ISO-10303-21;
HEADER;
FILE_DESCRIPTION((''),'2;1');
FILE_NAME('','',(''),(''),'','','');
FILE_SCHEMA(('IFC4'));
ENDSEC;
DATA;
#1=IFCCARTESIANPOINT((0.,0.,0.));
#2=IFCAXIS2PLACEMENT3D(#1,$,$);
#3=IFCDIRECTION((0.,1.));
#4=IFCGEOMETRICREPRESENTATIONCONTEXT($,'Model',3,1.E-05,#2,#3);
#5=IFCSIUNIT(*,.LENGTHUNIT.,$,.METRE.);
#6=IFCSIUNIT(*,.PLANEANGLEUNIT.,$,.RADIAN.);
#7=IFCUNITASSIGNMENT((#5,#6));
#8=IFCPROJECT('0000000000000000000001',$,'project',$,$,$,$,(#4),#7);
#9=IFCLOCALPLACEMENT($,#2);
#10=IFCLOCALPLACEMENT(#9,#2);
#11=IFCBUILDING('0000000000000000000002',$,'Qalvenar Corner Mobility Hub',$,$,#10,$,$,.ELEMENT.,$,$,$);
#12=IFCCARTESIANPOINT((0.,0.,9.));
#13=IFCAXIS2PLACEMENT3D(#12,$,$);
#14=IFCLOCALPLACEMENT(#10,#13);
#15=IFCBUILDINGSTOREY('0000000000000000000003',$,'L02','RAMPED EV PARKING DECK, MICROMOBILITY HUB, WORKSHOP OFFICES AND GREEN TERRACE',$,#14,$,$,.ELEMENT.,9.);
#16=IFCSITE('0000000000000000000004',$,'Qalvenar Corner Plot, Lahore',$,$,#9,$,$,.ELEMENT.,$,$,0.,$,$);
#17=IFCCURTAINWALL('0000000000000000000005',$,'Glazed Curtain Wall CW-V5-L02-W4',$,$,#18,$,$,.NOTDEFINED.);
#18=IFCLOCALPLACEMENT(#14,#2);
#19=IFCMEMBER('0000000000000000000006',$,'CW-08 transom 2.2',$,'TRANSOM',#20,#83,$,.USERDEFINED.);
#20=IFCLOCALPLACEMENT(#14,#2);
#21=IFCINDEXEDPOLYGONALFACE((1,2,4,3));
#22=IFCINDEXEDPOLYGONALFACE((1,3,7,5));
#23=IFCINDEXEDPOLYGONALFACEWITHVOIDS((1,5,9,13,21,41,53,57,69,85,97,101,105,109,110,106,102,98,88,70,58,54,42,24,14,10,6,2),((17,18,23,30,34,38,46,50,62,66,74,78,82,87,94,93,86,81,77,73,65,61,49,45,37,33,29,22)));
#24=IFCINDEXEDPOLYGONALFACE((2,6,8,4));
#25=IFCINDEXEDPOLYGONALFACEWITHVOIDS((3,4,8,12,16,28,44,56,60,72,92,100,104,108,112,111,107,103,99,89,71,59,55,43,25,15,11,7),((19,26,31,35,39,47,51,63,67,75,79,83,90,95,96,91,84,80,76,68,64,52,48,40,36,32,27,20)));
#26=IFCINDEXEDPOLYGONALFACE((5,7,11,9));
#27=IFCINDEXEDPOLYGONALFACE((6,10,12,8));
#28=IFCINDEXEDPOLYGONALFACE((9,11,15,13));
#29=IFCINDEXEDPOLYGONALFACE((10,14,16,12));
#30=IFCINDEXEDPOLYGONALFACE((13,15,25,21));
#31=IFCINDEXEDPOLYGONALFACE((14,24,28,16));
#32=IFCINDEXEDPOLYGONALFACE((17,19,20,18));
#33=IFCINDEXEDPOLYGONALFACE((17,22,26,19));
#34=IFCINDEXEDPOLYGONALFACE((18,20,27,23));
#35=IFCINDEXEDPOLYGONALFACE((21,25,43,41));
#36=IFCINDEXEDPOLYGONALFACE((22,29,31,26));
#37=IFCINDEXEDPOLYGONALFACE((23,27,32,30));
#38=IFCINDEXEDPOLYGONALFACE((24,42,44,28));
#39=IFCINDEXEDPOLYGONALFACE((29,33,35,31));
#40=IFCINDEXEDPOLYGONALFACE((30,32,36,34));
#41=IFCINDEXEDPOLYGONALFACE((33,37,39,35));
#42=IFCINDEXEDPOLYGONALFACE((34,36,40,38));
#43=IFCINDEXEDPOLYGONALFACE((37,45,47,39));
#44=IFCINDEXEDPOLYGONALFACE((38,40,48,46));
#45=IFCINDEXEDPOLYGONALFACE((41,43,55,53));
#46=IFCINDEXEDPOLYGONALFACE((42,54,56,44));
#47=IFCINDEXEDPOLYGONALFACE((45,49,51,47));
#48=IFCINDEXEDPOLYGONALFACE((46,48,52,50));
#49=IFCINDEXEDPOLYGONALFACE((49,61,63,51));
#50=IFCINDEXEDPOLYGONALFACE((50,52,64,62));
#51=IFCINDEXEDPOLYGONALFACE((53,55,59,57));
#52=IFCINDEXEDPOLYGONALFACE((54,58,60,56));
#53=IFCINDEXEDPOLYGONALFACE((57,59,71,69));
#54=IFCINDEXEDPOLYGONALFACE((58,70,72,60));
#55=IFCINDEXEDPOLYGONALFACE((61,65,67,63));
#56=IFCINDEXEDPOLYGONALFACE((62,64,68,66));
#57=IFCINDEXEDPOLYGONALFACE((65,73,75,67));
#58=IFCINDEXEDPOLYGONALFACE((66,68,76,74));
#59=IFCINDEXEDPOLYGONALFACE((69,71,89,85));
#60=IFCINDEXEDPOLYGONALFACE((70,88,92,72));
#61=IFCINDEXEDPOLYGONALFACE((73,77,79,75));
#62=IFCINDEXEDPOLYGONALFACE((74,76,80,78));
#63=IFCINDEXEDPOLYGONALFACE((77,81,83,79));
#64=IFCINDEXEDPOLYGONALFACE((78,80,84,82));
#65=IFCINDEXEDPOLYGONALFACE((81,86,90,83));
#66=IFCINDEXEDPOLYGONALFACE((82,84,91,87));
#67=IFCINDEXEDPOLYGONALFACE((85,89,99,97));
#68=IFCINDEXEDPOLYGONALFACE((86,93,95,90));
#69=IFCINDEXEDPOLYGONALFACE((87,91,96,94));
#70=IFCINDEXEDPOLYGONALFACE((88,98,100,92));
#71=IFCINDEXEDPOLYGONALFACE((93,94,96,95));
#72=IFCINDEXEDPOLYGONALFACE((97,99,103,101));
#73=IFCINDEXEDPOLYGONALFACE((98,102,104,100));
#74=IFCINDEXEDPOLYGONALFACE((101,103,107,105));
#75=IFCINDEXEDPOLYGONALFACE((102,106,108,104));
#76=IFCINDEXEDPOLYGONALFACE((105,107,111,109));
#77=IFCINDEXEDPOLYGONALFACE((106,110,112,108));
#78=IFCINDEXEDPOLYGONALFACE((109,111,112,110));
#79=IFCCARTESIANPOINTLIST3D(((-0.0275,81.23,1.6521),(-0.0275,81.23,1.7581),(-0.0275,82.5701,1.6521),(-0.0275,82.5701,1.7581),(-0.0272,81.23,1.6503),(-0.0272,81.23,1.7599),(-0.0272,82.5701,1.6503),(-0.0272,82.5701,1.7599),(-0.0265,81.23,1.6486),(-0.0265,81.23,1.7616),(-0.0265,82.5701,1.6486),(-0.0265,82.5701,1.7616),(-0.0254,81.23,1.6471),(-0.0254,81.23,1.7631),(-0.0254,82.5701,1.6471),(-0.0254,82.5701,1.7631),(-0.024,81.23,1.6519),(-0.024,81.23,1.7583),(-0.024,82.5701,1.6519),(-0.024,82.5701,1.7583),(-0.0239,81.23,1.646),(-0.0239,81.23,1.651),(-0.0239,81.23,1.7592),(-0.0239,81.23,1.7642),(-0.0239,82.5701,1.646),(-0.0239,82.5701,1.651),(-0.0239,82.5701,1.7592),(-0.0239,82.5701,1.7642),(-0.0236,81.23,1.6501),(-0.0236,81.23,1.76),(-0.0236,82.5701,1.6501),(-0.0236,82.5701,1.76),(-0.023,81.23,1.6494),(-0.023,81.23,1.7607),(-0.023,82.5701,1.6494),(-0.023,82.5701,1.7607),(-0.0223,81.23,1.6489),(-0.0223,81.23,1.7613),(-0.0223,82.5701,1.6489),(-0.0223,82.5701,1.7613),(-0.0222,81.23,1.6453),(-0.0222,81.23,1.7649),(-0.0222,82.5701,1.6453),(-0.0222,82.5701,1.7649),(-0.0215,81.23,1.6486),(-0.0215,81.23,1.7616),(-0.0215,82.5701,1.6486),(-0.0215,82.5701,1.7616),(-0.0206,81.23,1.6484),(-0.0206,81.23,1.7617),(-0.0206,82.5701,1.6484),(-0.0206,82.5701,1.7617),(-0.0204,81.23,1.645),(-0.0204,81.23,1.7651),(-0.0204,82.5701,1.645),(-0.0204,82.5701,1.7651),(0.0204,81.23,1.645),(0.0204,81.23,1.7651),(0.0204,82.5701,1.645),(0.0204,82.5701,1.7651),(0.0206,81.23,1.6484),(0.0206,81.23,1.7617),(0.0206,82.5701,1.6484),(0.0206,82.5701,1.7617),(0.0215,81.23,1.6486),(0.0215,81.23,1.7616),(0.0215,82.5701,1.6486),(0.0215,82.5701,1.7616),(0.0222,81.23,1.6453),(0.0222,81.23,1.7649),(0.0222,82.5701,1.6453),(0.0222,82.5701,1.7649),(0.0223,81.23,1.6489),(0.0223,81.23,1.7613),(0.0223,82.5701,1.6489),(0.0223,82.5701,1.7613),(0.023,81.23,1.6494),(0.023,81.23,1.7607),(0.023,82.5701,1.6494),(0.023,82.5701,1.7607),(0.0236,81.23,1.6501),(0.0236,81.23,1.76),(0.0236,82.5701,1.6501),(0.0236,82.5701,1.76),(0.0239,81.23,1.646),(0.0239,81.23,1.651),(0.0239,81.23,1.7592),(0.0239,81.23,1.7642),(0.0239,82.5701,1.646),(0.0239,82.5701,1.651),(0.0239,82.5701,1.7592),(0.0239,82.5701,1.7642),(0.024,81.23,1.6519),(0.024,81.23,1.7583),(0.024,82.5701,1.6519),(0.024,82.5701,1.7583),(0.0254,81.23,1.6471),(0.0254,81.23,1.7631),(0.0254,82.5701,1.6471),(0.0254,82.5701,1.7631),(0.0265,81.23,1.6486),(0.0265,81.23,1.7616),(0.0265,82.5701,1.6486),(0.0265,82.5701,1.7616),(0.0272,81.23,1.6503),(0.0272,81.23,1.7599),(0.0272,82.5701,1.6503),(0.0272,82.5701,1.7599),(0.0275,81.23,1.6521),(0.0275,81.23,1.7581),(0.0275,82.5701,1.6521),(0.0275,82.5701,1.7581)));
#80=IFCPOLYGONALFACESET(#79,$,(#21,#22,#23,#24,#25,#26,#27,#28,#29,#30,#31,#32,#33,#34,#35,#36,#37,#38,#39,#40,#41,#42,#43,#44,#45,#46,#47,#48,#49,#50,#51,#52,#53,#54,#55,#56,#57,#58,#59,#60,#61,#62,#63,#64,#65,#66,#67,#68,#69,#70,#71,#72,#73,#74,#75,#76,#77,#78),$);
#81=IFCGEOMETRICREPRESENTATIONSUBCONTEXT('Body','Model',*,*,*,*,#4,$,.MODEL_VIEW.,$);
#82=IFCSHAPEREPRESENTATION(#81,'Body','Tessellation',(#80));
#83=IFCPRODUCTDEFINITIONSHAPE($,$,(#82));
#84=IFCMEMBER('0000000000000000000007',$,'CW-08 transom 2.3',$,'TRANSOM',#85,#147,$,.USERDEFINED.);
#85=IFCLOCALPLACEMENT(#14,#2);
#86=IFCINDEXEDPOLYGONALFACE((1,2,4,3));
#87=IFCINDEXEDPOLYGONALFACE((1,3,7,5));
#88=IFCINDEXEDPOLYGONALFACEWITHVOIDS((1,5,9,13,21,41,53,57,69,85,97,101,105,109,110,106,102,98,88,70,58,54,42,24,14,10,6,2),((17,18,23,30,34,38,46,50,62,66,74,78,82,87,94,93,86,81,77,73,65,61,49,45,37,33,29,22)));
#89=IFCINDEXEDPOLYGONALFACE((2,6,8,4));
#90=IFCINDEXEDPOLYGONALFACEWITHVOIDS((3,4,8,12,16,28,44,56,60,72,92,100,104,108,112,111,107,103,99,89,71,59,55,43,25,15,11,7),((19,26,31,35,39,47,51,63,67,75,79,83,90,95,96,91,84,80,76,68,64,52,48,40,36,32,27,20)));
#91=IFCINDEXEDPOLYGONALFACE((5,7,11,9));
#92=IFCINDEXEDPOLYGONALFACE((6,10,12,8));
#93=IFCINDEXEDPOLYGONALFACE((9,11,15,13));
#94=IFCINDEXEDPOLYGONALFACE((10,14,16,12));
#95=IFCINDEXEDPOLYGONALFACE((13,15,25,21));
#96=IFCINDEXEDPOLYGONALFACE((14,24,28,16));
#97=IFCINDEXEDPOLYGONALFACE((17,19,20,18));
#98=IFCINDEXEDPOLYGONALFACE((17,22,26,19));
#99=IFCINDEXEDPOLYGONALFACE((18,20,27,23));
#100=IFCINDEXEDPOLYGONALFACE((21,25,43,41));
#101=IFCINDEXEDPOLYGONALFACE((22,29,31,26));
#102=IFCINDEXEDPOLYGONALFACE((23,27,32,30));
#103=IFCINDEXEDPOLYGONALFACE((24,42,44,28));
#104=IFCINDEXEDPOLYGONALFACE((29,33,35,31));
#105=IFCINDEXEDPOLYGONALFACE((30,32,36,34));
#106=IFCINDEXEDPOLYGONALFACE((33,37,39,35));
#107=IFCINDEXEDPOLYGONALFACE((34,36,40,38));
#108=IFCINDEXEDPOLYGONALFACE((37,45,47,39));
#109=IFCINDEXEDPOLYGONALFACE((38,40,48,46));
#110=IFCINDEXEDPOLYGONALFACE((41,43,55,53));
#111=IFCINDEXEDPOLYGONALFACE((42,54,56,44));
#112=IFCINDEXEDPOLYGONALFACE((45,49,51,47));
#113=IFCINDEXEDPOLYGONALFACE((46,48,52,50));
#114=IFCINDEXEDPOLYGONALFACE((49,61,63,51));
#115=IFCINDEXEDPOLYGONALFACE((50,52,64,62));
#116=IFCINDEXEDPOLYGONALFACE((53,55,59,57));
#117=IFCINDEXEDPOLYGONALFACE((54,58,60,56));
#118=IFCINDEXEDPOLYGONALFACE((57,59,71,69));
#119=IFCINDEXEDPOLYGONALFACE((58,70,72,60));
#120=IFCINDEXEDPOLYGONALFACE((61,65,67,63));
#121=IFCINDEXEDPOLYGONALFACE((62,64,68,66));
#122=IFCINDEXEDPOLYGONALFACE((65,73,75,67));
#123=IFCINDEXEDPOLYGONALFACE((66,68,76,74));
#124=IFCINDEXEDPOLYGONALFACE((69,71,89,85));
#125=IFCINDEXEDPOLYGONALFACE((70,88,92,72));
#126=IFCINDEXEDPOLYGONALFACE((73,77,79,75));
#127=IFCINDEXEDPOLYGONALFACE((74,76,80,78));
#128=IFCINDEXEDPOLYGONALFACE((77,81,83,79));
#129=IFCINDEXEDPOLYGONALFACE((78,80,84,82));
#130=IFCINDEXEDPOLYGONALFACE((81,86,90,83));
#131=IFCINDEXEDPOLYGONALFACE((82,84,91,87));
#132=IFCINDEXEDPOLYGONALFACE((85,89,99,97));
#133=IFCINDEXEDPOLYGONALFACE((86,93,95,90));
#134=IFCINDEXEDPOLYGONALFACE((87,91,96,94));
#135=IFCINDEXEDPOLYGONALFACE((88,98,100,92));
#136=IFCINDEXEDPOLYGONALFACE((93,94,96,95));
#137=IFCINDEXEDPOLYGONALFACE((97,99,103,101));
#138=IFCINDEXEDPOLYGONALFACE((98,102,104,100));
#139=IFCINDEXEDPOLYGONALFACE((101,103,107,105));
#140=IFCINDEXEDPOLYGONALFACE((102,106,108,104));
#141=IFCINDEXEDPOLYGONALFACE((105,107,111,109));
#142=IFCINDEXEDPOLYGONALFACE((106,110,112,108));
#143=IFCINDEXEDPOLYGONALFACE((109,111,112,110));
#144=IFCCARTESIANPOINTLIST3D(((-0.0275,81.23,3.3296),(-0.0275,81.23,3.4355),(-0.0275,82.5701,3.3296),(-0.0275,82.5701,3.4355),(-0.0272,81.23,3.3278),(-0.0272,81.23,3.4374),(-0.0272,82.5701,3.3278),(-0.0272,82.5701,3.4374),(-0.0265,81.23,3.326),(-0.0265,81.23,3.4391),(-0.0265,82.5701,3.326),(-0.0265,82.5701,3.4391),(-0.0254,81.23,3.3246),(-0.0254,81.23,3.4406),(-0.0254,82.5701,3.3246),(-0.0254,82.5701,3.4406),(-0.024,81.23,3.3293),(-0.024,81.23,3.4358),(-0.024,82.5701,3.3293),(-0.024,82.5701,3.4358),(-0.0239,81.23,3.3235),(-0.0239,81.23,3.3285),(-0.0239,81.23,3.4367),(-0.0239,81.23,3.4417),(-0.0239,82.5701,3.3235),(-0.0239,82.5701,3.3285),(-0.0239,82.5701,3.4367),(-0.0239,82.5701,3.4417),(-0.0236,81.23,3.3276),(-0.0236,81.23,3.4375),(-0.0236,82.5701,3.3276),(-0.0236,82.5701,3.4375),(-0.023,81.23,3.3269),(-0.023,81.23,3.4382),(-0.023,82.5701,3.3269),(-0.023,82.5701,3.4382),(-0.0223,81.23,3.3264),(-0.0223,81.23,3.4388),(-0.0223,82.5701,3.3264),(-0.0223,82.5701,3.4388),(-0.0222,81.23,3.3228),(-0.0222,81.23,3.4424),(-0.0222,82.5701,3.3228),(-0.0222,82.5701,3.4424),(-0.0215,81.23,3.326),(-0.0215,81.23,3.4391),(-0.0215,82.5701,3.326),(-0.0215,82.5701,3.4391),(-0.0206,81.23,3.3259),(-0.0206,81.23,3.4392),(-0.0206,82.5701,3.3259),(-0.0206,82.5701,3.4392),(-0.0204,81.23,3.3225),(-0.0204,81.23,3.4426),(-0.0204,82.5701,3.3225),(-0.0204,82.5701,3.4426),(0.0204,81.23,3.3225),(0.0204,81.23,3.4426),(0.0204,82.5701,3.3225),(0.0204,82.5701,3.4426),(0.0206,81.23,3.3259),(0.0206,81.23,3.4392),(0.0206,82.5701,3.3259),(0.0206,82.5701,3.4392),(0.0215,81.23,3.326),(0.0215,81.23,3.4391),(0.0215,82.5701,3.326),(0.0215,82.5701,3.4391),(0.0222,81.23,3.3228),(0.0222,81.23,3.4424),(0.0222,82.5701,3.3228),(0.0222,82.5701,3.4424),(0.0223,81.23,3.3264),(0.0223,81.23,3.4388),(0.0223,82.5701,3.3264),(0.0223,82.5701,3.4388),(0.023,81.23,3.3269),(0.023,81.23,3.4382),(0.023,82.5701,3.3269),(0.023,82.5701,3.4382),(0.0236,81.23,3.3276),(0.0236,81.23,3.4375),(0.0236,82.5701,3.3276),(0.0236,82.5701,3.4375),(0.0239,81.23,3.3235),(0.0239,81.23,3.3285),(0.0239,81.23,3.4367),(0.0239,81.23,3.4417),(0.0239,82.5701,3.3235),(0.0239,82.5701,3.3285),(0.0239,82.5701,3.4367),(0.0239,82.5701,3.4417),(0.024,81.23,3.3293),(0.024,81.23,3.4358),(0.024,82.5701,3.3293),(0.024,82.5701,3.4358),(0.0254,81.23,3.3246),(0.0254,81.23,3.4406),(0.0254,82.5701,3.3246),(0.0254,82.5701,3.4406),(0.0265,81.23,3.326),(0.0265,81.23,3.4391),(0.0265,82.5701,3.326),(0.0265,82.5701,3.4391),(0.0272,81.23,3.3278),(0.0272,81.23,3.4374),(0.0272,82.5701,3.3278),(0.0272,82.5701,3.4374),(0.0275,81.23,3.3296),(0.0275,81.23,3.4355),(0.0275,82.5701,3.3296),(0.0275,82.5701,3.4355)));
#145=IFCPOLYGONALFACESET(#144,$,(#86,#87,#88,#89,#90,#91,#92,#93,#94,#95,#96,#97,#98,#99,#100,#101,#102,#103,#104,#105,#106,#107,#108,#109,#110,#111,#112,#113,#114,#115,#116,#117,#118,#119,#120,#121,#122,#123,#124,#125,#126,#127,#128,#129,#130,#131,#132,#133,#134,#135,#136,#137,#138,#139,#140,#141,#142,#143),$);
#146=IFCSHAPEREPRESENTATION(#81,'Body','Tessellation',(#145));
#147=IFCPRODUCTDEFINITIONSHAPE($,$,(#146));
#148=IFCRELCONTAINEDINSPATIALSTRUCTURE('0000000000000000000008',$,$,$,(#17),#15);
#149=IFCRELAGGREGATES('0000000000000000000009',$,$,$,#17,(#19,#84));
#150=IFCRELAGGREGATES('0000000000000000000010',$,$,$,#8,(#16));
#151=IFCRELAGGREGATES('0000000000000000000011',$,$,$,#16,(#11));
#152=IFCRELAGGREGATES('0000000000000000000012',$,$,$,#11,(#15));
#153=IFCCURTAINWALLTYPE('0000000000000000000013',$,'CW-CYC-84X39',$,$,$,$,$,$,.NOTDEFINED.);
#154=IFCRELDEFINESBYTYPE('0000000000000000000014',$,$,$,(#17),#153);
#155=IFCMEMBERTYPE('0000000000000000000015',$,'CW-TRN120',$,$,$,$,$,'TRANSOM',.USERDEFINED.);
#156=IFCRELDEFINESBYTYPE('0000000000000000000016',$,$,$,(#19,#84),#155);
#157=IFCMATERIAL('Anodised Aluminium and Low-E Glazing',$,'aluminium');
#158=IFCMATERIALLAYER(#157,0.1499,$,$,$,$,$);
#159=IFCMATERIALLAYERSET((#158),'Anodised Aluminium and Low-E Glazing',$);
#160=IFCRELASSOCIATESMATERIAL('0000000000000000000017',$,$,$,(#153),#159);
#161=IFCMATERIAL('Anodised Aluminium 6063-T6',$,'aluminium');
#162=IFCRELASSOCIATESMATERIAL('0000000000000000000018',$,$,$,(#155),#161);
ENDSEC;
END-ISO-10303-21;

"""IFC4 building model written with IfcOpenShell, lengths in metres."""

from ifc_helpers import new_model, si_unit, direction, frame, origin, origin_2d, place, context, subcontext, project, spatial, hollow_rectangle, extrude, material, layer, layer_set, material_profile, profile_set, type_object, element, aggregate, save


model = new_model("IFC4")

# Units and contexts
model_context = context("Model", 3, precision=1e-05, world=origin(), true_north=direction((0.0, 1.0)))
body_context = subcontext(model_context, "Body", "Model", "MODEL_VIEW")
ifc_project = project(units=[si_unit("LENGTHUNIT", "METRE"), si_unit("PLANEANGLEUNIT", "RADIAN")], contexts=[model_context])

# Site, building, storey
site_placement = place(None, origin())
site = spatial("IfcSite", under=ifc_project, at=site_placement, Name="Qalvenar Corner Plot, Lahore", CompositionType="ELEMENT", RefElevation=0.0)
building_placement = place(site_placement, origin())
building = spatial("IfcBuilding", under=site, at=building_placement, Name="Qalvenar Corner Mobility Hub", CompositionType="ELEMENT")
storey_placement = place(building_placement, frame((0.0, 0.0, 9.0)))
storey = spatial("IfcBuildingStorey", under=building, at=storey_placement, Name="L02", Description="RAMPED EV PARKING DECK, MICROMOBILITY HUB, WORKSHOP OFFICES AND GREEN TERRACE", CompositionType="ELEMENT", Elevation=9.0)

# Curtain wall, members
ifc_material_1 = material(Name="Anodised Aluminium and Low-E Glazing", Category="aluminium")
ifc_layer_1 = layer(ifc_material_1, 0.1499)
ifc_layer_set_1 = layer_set([ifc_layer_1], Name="Anodised Aluminium and Low-E Glazing")
curtain_wall_type = type_object("IfcCurtainWallType", Name="CW-CYC-84X39", PredefinedType="NOTDEFINED", material=ifc_layer_set_1)
curtain_wall_placement = place(storey_placement, origin())
curtain_wall = element("IfcCurtainWall", 1, at=curtain_wall_placement, inside=storey, type_object=curtain_wall_type, Name="Glazed Curtain Wall CW-V5-L02-W4", PredefinedType="NOTDEFINED")
ifc_material_2 = material(Name="Anodised Aluminium 6063-T6", Category="aluminium")
ifc_material_profile_1 = material_profile(ifc_material_2, hollow_rectangle(XDim=0.0549, YDim=0.1201, WallThickness=0.0034, InnerFilletRadius=0.0034, OuterFilletRadius=0.0071, at=origin_2d()), Name="RHS120x55x3.5")
ifc_profile_set_1 = profile_set([ifc_material_profile_1], Name="Anodised Aluminium 6063-T6")
member_type_1 = type_object("IfcMemberType", Name="CW-TRN120", ElementType="TRANSOM", PredefinedType="USERDEFINED", material=ifc_profile_set_1)
member_1_placement = place(storey_placement, frame((0.0, 82.5701, 1.7051), z_axis=(0.0, -1.0, 0.0), x_axis=(1.0, 0.0, 0.0)))
member_1 = element("IfcMember", 2, at=member_1_placement, type_object=member_type_1, Name="CW-08 transom 2.2", ObjectType="TRANSOM", PredefinedType="USERDEFINED", context=body_context, shape_type="SweptSolid", body=[
    extrude(hollow_rectangle(XDim=0.0549, YDim=0.1201, WallThickness=0.0034, InnerFilletRadius=0.0034, OuterFilletRadius=0.0071, at=origin_2d()), origin(), (0.0, 0.0, 1.0), 1.3401),
])
member_2_placement = place(storey_placement, frame((0.0, 82.5701, 3.3826), z_axis=(0.0, -1.0, 0.0), x_axis=(1.0, 0.0, 0.0)))
member_2 = element("IfcMember", 3, at=member_2_placement, type_object=member_type_1, Name="CW-08 transom 2.3", ObjectType="TRANSOM", PredefinedType="USERDEFINED", context=body_context, shape_type="SweptSolid", body=[
    extrude(hollow_rectangle(XDim=0.0549, YDim=0.1201, WallThickness=0.0034, InnerFilletRadius=0.0034, OuterFilletRadius=0.0071, at=origin_2d()), origin(), (0.0, 0.0, 1.0), 1.3401),
])
aggregate(curtain_wall, [member_1, member_2])

save(model, "model.ifc")
